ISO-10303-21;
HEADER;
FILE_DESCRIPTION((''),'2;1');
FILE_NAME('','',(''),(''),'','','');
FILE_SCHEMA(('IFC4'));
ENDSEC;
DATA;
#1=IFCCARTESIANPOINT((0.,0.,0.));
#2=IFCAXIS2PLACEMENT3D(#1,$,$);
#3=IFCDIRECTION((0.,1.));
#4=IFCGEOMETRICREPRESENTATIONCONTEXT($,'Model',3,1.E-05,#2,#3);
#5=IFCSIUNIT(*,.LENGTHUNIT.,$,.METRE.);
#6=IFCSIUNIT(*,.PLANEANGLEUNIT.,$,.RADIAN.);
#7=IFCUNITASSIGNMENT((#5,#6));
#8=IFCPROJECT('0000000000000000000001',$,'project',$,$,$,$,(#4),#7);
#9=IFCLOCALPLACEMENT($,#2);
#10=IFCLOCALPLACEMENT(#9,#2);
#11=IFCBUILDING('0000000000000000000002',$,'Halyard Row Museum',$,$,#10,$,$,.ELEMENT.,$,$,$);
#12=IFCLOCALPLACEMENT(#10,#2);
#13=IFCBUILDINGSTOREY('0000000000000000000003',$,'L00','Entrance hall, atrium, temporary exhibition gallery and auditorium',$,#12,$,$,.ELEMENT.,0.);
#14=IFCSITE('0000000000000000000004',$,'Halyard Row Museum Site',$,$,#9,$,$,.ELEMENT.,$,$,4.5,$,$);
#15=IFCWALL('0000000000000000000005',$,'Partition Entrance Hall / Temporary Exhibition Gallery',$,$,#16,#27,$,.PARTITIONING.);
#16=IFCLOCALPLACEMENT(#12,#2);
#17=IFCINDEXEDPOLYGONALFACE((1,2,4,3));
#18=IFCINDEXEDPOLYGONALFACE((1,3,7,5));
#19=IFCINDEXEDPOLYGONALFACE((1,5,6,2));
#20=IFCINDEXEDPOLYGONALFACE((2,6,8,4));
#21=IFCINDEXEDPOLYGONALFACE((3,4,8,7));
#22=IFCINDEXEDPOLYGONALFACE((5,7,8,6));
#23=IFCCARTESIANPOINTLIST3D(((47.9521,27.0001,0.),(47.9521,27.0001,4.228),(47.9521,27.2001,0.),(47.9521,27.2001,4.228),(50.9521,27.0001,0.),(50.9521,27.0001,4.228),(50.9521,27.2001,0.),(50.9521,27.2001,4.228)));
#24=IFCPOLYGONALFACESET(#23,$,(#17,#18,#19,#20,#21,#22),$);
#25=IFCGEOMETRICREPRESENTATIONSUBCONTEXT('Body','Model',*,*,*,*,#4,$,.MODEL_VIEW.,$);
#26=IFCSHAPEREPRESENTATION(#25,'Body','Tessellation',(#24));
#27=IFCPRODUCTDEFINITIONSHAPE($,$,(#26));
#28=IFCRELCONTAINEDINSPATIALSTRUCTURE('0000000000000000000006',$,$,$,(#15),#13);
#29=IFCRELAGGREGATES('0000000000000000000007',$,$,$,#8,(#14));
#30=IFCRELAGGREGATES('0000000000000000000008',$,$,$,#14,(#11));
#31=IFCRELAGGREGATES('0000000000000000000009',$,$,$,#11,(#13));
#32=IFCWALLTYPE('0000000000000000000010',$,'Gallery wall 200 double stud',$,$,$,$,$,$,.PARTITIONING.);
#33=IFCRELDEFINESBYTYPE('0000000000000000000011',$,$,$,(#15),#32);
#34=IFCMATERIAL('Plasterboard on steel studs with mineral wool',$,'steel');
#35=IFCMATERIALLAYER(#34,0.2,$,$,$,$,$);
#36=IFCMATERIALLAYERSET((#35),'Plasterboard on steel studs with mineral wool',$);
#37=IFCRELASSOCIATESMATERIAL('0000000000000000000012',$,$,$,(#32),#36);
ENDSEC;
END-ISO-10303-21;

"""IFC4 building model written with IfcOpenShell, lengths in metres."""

from ifc_helpers import new_model, si_unit, direction, frame, frame_2d, origin, place, context, subcontext, project, spatial, rectangle, extrude, material, layer, layer_set, type_object, element, save


model = new_model("IFC4")

# Units and contexts
model_context = context("Model", 3, precision=1e-05, world=origin(), true_north=direction((0.0, 1.0)))
body_context = subcontext(model_context, "Body", "Model", "MODEL_VIEW")
ifc_project = project(units=[si_unit("LENGTHUNIT", "METRE"), si_unit("PLANEANGLEUNIT", "RADIAN")], contexts=[model_context])

# Site, building, storey
site_placement = place(None, origin())
site = spatial("IfcSite", under=ifc_project, at=site_placement, Name="Halyard Row Museum Site", CompositionType="ELEMENT", RefElevation=4.5)
building_placement = place(site_placement, origin())
building = spatial("IfcBuilding", under=site, at=building_placement, Name="Halyard Row Museum", CompositionType="ELEMENT")
storey_placement = place(building_placement, origin())
storey = spatial("IfcBuildingStorey", under=building, at=storey_placement, Name="L00", Description="Entrance hall, atrium, temporary exhibition gallery and auditorium", CompositionType="ELEMENT", Elevation=0.0)

# Wall
ifc_material_1 = material(Name="Plasterboard on steel studs with mineral wool", Category="steel")
ifc_layer_1 = layer(ifc_material_1, 0.2)
ifc_layer_set_1 = layer_set([ifc_layer_1], Name="Plasterboard on steel studs with mineral wool")
wall_type = type_object("IfcWallType", Name="Gallery wall 200 double stud", PredefinedType="PARTITIONING", material=ifc_layer_set_1)
wall_placement = place(storey_placement, frame((47.9521, 27.1001, 0.0), z_axis=(0.0, 0.0, 1.0), x_axis=(1.0, 0.0, 0.0)))
element("IfcWall", 1, at=wall_placement, inside=storey, type_object=wall_type, Name="Partition Entrance Hall / Temporary Exhibition Gallery", PredefinedType="PARTITIONING", context=body_context, shape_type="SweptSolid", body=[
    extrude(rectangle(XDim=3.0, YDim=0.2, at=frame_2d((1.5, 0.0))), origin(), (0.0, 0.0, 1.0), 4.228),
])

save(model, "model.ifc")
